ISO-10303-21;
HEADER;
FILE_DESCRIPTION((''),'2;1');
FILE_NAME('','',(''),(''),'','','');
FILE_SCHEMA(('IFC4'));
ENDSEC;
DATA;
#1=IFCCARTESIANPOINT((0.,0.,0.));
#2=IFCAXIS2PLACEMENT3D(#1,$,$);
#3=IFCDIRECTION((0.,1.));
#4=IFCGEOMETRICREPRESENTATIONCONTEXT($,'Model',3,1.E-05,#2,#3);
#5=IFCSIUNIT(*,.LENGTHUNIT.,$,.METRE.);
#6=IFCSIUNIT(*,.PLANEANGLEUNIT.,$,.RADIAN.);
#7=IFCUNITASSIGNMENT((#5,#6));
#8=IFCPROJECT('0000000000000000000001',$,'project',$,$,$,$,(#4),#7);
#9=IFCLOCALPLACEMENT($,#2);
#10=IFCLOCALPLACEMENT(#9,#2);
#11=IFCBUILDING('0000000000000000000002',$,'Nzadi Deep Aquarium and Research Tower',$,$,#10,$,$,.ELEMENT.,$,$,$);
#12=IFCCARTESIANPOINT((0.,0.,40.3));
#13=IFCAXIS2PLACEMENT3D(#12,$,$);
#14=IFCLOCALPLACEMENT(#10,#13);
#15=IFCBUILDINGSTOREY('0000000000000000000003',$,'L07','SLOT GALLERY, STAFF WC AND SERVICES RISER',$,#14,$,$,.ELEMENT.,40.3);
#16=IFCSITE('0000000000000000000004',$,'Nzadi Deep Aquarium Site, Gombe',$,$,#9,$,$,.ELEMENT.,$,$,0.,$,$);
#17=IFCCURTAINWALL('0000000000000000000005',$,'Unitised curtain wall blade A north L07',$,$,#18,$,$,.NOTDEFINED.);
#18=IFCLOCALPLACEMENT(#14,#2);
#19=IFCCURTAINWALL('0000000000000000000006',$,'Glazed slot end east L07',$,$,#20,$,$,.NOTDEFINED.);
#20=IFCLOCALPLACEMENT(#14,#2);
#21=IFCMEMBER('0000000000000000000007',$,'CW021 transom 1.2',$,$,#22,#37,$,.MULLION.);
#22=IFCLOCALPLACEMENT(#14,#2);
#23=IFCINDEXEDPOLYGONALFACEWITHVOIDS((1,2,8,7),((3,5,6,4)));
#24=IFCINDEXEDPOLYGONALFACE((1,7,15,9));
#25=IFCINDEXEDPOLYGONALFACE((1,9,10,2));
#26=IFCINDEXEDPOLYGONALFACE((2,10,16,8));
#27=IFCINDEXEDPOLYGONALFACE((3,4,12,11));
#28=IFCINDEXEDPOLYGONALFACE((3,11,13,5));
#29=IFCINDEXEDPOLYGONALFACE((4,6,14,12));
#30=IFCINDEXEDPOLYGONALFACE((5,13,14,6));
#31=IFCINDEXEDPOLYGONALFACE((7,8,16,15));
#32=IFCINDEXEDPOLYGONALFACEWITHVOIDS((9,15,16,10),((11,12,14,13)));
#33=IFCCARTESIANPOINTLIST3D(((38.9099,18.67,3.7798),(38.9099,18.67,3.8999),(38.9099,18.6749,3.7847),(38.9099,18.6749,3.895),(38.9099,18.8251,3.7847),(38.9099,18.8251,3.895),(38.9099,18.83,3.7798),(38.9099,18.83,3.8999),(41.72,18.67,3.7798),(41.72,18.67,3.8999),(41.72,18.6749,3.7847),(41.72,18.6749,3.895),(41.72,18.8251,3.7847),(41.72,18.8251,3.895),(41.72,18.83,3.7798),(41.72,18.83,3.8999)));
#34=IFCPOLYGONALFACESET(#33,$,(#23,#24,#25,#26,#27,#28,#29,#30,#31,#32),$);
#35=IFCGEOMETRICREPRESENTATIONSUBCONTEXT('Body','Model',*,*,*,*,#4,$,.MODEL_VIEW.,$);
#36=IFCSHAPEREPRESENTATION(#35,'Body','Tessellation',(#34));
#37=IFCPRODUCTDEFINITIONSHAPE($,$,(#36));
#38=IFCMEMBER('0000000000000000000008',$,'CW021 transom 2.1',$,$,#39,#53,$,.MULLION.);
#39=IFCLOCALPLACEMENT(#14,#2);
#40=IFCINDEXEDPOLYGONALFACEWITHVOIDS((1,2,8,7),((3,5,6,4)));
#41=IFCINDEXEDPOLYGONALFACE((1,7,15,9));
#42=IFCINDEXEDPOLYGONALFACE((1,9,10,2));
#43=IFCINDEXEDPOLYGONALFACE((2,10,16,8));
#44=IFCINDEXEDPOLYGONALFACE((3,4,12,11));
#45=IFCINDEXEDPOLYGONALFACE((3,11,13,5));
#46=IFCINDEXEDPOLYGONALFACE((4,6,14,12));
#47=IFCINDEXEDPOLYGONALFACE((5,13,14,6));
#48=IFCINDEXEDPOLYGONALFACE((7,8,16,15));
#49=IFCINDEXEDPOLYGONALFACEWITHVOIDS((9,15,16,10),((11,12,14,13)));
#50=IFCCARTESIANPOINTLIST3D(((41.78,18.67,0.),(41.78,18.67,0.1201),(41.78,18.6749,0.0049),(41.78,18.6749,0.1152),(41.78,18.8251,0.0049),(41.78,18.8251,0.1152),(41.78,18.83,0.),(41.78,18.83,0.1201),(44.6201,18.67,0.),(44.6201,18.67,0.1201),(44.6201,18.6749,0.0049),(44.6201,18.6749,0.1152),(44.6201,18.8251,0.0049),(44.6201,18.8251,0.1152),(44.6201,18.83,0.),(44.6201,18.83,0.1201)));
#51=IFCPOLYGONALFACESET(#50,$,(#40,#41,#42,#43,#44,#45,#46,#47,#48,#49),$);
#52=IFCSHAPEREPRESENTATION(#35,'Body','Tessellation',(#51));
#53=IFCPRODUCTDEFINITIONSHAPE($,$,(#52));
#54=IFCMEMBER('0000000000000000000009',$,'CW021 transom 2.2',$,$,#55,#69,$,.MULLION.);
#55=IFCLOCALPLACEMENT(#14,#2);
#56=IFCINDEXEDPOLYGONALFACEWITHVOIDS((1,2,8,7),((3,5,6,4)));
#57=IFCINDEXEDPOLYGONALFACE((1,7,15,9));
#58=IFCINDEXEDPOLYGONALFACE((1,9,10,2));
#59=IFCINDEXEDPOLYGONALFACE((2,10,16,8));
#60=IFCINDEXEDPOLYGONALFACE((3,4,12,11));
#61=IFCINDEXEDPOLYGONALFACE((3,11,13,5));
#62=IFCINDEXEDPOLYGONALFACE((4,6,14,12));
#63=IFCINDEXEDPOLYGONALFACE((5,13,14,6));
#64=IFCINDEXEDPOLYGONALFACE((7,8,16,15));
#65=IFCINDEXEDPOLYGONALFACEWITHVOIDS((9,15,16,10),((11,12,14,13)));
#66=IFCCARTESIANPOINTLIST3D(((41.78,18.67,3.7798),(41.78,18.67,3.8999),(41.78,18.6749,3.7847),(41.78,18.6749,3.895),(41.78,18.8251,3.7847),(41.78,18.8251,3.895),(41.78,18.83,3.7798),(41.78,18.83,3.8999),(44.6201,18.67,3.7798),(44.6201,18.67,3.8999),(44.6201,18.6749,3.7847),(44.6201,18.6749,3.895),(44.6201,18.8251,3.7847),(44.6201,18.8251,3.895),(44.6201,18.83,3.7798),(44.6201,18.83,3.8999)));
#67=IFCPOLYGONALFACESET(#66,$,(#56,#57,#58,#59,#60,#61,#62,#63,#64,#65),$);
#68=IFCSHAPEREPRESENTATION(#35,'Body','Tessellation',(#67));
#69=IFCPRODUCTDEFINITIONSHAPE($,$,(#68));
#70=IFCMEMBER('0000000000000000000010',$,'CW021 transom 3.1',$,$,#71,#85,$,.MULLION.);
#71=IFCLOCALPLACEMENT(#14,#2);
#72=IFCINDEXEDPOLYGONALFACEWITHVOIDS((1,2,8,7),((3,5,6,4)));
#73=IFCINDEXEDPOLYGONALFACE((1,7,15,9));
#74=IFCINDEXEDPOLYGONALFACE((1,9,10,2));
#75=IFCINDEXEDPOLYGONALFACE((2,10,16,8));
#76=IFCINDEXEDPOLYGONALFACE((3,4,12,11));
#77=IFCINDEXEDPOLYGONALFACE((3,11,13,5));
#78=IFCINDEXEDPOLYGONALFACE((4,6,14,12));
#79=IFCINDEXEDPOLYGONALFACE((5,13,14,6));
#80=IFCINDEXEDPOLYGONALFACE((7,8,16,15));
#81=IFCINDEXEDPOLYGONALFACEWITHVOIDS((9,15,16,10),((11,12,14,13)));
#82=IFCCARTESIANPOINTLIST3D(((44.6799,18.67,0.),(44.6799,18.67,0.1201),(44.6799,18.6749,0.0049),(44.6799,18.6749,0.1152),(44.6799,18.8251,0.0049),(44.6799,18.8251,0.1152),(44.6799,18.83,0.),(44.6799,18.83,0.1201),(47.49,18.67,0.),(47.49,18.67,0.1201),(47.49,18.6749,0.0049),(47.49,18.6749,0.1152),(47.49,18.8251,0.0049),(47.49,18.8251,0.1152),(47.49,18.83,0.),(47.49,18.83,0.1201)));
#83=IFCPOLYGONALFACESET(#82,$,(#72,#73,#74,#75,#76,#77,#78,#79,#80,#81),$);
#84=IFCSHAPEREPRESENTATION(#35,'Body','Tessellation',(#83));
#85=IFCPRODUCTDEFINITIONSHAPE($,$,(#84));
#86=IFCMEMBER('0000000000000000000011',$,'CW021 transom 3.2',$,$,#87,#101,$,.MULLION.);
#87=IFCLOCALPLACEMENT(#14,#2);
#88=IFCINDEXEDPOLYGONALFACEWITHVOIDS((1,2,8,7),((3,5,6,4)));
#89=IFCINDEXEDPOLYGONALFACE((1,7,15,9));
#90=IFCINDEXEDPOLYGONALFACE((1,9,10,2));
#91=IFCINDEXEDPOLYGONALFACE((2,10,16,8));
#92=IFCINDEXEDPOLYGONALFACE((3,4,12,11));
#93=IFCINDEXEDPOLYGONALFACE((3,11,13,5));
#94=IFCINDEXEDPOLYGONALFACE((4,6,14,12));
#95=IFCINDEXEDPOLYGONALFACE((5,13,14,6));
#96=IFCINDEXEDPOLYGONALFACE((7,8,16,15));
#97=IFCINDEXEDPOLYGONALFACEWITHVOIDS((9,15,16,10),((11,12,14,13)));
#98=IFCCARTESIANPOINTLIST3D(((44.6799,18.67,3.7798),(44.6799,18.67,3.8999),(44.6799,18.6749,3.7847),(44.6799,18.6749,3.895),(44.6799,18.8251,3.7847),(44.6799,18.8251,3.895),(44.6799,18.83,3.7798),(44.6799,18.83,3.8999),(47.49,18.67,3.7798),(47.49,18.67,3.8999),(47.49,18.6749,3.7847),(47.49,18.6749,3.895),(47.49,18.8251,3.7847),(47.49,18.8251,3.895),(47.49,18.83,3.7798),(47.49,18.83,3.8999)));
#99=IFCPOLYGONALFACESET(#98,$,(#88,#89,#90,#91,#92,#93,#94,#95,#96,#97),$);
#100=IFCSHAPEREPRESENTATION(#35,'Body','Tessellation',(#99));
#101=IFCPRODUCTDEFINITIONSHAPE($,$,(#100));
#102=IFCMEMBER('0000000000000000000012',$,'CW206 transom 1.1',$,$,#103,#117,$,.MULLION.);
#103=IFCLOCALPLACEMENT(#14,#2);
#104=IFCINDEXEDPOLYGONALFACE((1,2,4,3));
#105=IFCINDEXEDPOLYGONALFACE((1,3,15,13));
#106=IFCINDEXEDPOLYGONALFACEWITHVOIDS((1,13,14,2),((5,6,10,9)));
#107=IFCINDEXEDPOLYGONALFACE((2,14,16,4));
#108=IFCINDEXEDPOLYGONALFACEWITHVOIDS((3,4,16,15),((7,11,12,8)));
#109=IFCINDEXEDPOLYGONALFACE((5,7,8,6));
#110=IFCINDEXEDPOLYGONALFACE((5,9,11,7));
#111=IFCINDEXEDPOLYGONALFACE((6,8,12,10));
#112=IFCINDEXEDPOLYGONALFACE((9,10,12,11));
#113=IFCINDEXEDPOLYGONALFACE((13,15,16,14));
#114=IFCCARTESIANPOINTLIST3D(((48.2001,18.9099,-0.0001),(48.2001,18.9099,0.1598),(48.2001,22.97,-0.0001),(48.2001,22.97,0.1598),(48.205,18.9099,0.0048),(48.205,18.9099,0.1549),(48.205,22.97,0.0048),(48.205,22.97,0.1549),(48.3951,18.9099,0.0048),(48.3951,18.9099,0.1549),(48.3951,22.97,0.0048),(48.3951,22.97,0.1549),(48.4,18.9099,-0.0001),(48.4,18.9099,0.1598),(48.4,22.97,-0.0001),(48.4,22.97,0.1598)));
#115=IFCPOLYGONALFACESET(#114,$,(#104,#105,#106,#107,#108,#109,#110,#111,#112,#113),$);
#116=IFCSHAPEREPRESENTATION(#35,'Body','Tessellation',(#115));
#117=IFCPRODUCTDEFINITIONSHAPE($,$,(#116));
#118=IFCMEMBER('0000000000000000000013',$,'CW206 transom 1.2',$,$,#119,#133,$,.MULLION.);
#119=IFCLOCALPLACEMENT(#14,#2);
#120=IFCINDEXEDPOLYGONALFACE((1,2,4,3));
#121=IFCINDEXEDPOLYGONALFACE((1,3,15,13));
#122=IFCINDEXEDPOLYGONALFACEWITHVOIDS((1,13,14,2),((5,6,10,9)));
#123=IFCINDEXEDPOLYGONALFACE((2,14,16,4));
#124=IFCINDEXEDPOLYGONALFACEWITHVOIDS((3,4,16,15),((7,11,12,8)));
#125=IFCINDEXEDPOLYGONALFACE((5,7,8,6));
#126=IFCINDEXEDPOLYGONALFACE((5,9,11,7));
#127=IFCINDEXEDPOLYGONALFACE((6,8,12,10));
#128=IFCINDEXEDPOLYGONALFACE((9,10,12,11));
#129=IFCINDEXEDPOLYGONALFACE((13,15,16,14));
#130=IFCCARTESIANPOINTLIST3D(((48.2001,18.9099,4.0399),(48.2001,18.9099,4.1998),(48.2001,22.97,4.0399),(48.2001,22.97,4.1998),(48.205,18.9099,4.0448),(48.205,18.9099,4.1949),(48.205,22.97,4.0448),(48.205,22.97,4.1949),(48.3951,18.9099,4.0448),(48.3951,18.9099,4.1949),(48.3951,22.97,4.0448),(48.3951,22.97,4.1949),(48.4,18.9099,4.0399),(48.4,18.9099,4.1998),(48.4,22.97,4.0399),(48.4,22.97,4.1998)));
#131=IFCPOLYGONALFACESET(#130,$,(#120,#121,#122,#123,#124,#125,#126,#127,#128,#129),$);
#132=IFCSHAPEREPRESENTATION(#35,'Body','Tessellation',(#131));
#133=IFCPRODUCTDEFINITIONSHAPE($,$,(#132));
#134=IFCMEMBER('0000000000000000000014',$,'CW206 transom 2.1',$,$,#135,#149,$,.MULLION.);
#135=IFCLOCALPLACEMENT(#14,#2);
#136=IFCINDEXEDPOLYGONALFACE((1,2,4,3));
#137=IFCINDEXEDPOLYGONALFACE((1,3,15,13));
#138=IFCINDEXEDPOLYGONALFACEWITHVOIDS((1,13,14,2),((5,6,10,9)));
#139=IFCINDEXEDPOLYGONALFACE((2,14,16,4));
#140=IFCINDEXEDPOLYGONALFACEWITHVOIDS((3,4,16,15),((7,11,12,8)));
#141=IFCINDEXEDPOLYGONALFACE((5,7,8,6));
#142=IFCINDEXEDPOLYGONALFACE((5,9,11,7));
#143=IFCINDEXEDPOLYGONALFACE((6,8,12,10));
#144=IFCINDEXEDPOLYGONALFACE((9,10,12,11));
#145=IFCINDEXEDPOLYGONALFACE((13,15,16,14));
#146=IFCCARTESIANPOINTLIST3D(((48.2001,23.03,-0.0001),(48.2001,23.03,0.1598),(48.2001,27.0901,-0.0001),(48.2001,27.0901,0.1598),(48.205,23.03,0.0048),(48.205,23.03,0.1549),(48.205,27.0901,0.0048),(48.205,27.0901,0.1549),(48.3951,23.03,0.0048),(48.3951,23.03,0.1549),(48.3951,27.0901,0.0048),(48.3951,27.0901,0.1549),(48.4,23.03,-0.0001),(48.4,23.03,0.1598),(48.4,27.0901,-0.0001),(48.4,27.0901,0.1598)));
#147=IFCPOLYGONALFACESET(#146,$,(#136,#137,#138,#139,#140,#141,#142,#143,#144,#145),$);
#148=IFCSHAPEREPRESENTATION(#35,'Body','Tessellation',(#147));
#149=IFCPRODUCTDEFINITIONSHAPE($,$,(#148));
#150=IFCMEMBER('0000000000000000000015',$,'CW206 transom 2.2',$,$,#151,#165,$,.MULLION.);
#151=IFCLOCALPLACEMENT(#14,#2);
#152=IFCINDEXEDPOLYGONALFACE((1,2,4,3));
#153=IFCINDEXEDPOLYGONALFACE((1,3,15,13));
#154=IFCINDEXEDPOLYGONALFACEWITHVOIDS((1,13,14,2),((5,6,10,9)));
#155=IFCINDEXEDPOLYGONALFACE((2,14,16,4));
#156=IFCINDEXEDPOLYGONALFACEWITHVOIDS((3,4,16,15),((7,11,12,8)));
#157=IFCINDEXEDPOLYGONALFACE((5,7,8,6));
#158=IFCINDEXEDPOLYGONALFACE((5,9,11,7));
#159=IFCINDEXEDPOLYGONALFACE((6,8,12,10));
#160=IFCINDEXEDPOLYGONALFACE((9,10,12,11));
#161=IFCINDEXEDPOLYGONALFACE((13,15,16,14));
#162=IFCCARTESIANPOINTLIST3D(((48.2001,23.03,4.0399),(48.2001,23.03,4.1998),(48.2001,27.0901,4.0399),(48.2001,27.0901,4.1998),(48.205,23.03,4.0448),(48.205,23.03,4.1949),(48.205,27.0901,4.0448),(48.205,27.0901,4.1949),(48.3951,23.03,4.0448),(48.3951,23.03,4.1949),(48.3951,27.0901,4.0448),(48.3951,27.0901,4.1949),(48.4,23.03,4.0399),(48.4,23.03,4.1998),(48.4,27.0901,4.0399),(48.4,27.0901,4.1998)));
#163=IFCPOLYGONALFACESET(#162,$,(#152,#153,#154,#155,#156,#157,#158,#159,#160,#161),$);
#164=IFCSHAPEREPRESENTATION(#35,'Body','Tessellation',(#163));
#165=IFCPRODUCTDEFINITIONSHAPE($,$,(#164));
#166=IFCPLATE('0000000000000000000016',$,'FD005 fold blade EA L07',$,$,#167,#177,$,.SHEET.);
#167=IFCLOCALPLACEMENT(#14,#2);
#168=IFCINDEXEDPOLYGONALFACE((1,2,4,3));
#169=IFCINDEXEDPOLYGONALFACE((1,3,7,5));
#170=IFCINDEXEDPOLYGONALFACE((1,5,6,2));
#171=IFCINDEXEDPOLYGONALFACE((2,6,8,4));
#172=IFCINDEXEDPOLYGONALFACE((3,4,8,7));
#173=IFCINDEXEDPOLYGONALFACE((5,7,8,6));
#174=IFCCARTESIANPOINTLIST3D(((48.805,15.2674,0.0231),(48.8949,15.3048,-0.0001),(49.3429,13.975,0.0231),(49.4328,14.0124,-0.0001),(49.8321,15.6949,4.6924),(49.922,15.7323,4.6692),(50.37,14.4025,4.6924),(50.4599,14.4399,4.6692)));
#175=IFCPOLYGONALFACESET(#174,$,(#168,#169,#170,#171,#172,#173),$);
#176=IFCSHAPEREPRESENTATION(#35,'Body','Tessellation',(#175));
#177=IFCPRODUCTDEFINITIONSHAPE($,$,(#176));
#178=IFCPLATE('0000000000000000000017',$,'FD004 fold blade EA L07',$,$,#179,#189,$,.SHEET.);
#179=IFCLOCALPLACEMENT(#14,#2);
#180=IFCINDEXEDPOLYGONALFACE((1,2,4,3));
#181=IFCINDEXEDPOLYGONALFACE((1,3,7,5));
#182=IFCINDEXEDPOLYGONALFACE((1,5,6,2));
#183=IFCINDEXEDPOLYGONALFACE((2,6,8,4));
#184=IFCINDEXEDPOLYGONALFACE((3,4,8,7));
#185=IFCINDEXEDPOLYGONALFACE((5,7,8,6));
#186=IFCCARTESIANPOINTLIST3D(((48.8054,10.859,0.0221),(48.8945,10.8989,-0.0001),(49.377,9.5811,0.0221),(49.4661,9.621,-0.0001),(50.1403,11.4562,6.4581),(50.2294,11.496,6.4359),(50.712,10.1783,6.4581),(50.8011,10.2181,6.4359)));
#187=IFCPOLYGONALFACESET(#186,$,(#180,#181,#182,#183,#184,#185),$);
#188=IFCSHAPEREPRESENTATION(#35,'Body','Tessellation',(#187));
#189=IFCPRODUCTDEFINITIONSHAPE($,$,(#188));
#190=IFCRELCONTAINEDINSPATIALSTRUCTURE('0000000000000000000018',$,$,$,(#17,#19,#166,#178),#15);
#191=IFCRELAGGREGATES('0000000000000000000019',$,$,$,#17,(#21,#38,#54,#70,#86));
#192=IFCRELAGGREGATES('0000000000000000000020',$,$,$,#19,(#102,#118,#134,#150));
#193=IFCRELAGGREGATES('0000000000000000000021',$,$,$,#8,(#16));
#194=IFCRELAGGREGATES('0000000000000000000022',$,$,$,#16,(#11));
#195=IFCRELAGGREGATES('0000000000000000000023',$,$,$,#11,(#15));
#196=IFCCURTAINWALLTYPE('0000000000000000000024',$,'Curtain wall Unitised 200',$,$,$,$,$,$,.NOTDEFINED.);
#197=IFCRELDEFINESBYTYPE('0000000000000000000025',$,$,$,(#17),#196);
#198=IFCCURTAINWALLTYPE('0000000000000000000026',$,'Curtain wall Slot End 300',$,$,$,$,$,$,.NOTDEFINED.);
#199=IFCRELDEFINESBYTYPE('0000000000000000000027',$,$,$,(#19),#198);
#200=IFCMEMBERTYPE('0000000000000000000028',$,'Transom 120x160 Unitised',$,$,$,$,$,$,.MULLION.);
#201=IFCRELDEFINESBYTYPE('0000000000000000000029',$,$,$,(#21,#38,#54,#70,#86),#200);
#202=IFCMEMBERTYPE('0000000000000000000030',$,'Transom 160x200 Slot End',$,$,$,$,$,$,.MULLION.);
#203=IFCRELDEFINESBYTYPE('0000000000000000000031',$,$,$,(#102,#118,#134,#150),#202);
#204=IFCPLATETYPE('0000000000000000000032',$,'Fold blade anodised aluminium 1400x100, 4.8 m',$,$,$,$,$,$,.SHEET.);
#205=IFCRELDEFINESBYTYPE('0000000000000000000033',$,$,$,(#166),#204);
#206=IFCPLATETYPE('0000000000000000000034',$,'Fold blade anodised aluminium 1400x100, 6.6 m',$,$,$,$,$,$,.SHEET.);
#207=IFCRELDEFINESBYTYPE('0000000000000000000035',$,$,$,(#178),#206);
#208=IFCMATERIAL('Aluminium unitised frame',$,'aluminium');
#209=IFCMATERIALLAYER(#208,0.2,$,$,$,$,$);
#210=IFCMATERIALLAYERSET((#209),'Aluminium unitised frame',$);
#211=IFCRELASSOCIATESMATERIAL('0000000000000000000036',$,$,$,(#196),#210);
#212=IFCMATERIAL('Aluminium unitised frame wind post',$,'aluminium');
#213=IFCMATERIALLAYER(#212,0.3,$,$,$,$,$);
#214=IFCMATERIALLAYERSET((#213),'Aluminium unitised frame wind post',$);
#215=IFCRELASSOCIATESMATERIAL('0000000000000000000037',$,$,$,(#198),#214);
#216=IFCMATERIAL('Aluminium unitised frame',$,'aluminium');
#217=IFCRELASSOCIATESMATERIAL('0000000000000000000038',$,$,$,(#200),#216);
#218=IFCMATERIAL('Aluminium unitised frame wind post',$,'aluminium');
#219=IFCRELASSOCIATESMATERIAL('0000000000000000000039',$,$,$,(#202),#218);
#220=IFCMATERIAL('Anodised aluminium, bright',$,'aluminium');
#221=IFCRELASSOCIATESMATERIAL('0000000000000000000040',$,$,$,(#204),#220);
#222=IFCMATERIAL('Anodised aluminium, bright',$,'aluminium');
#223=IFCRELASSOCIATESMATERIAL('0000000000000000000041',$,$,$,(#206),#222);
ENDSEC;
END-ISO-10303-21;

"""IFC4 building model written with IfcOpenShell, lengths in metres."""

from ifc_helpers import new_model, si_unit, direction, frame, origin, origin_2d, place, context, subcontext, project, spatial, rectangle, hollow_rectangle, extrude, material, layer, layer_set, material_profile, profile_set, type_object, element, aggregate, save


model = new_model("IFC4")

# Units and contexts
model_context = context("Model", 3, precision=1e-05, world=origin(), true_north=direction((0.0, 1.0)))
body_context = subcontext(model_context, "Body", "Model", "MODEL_VIEW")
ifc_project = project(units=[si_unit("LENGTHUNIT", "METRE"), si_unit("PLANEANGLEUNIT", "RADIAN")], contexts=[model_context])

# Site, building, storey
site_placement = place(None, origin())
site = spatial("IfcSite", under=ifc_project, at=site_placement, Name="Nzadi Deep Aquarium Site, Gombe", CompositionType="ELEMENT", RefElevation=0.0)
building_placement = place(site_placement, origin())
building = spatial("IfcBuilding", under=site, at=building_placement, Name="Nzadi Deep Aquarium and Research Tower", CompositionType="ELEMENT")
storey_placement = place(building_placement, frame((0.0, 0.0, 40.3)))
storey = spatial("IfcBuildingStorey", under=building, at=storey_placement, Name="L07", Description="SLOT GALLERY, STAFF WC AND SERVICES RISER", CompositionType="ELEMENT", Elevation=40.3)

# Shared definitions
ifc_material_1 = material(Name="Aluminium unitised frame", Category="aluminium")
ifc_layer_1 = layer(ifc_material_1, 0.2)
ifc_layer_set_1 = layer_set([ifc_layer_1], Name="Aluminium unitised frame")
curtain_wall_type_1 = type_object("IfcCurtainWallType", Name="Curtain wall Unitised 200", PredefinedType="NOTDEFINED", material=ifc_layer_set_1)

# Curtain walls
curtain_wall_1_placement = place(storey_placement, origin())
curtain_wall_1 = element("IfcCurtainWall", 1, at=curtain_wall_1_placement, inside=storey, type_object=curtain_wall_type_1, Name="Unitised curtain wall blade A north L07", PredefinedType="NOTDEFINED")
ifc_material_2 = material(Name="Aluminium unitised frame wind post", Category="aluminium")
ifc_layer_2 = layer(ifc_material_2, 0.3)
ifc_layer_set_2 = layer_set([ifc_layer_2], Name="Aluminium unitised frame wind post")
curtain_wall_type_2 = type_object("IfcCurtainWallType", Name="Curtain wall Slot End 300", PredefinedType="NOTDEFINED", material=ifc_layer_set_2)
curtain_wall_2_placement = place(storey_placement, origin())
curtain_wall_2 = element("IfcCurtainWall", 2, at=curtain_wall_2_placement, inside=storey, type_object=curtain_wall_type_2, Name="Glazed slot end east L07", PredefinedType="NOTDEFINED")

# Members
ifc_material_3 = material(Name="Aluminium unitised frame", Category="aluminium")
ifc_material_profile_1 = material_profile(ifc_material_3, hollow_rectangle(XDim=0.1599, YDim=0.1201, WallThickness=0.0049, at=origin_2d()))
ifc_profile_set_1 = profile_set([ifc_material_profile_1], Name="Aluminium unitised frame")
member_type_1 = type_object("IfcMemberType", Name="Transom 120x160 Unitised", PredefinedType="MULLION", material=ifc_profile_set_1)
member_1_placement = place(storey_placement, frame((38.9099, 18.75, 3.8398), z_axis=(1.0, 0.0, 0.0), x_axis=(0.0, 1.0, 0.0)))
member_1 = element("IfcMember", 3, at=member_1_placement, type_object=member_type_1, Name="CW021 transom 1.2", PredefinedType="MULLION", context=body_context, shape_type="SweptSolid", body=[
    extrude(hollow_rectangle(XDim=0.1599, YDim=0.1201, WallThickness=0.0049, at=origin_2d()), origin(), (0.0, 0.0, 1.0), 2.8101),
])
member_2_placement = place(storey_placement, frame((41.78, 18.75, 0.0601), z_axis=(1.0, 0.0, 0.0), x_axis=(0.0, 1.0, 0.0)))
member_2 = element("IfcMember", 4, at=member_2_placement, type_object=member_type_1, Name="CW021 transom 2.1", PredefinedType="MULLION", context=body_context, shape_type="SweptSolid", body=[
    extrude(hollow_rectangle(XDim=0.1599, YDim=0.1201, WallThickness=0.0049, at=origin_2d()), origin(), (0.0, 0.0, 1.0), 2.8401),
])
member_3_placement = place(storey_placement, frame((41.78, 18.75, 3.8398), z_axis=(1.0, 0.0, 0.0), x_axis=(0.0, 1.0, 0.0)))
member_3 = element("IfcMember", 5, at=member_3_placement, type_object=member_type_1, Name="CW021 transom 2.2", PredefinedType="MULLION", context=body_context, shape_type="SweptSolid", body=[
    extrude(hollow_rectangle(XDim=0.1599, YDim=0.1201, WallThickness=0.0049, at=origin_2d()), origin(), (0.0, 0.0, 1.0), 2.8401),
])
member_4_placement = place(storey_placement, frame((44.6799, 18.75, 0.0601), z_axis=(1.0, 0.0, 0.0), x_axis=(0.0, 1.0, 0.0)))
member_4 = element("IfcMember", 6, at=member_4_placement, type_object=member_type_1, Name="CW021 transom 3.1", PredefinedType="MULLION", context=body_context, shape_type="SweptSolid", body=[
    extrude(hollow_rectangle(XDim=0.1599, YDim=0.1201, WallThickness=0.0049, at=origin_2d()), origin(), (0.0, 0.0, 1.0), 2.8101),
])
member_5_placement = place(storey_placement, frame((44.6799, 18.75, 3.8398), z_axis=(1.0, 0.0, 0.0), x_axis=(0.0, 1.0, 0.0)))
member_5 = element("IfcMember", 7, at=member_5_placement, type_object=member_type_1, Name="CW021 transom 3.2", PredefinedType="MULLION", context=body_context, shape_type="SweptSolid", body=[
    extrude(hollow_rectangle(XDim=0.1599, YDim=0.1201, WallThickness=0.0049, at=origin_2d()), origin(), (0.0, 0.0, 1.0), 2.8101),
])
ifc_material_4 = material(Name="Aluminium unitised frame wind post", Category="aluminium")
ifc_material_profile_2 = material_profile(ifc_material_4, hollow_rectangle(XDim=0.2, YDim=0.1599, WallThickness=0.0049, at=origin_2d()))
ifc_profile_set_2 = profile_set([ifc_material_profile_2], Name="Aluminium unitised frame wind post")
member_type_2 = type_object("IfcMemberType", Name="Transom 160x200 Slot End", PredefinedType="MULLION", material=ifc_profile_set_2)
member_6_placement = place(storey_placement, frame((48.3, 18.9099, 0.0798), z_axis=(0.0, 1.0, 0.0), x_axis=(-1.0, 0.0, 0.0)))
member_6 = element("IfcMember", 8, at=member_6_placement, type_object=member_type_2, Name="CW206 transom 1.1", PredefinedType="MULLION", context=body_context, shape_type="SweptSolid", body=[
    extrude(hollow_rectangle(XDim=0.2, YDim=0.1599, WallThickness=0.0049, at=origin_2d()), origin(), (0.0, 0.0, 1.0), 4.0601),
])
member_7_placement = place(storey_placement, frame((48.3, 18.9099, 4.1199), z_axis=(0.0, 1.0, 0.0), x_axis=(-1.0, 0.0, 0.0)))
member_7 = element("IfcMember", 9, at=member_7_placement, type_object=member_type_2, Name="CW206 transom 1.2", PredefinedType="MULLION", context=body_context, shape_type="SweptSolid", body=[
    extrude(hollow_rectangle(XDim=0.2, YDim=0.1599, WallThickness=0.0049, at=origin_2d()), origin(), (0.0, 0.0, 1.0), 4.0601),
])
member_8_placement = place(storey_placement, frame((48.3, 23.03, 0.0798), z_axis=(0.0, 1.0, 0.0), x_axis=(-1.0, 0.0, 0.0)))
member_8 = element("IfcMember", 10, at=member_8_placement, type_object=member_type_2, Name="CW206 transom 2.1", PredefinedType="MULLION", context=body_context, shape_type="SweptSolid", body=[
    extrude(hollow_rectangle(XDim=0.2, YDim=0.1599, WallThickness=0.0049, at=origin_2d()), origin(), (0.0, 0.0, 1.0), 4.0601),
])
member_9_placement = place(storey_placement, frame((48.3, 23.03, 4.1199), z_axis=(0.0, 1.0, 0.0), x_axis=(-1.0, 0.0, 0.0)))
member_9 = element("IfcMember", 11, at=member_9_placement, type_object=member_type_2, Name="CW206 transom 2.2", PredefinedType="MULLION", context=body_context, shape_type="SweptSolid", body=[
    extrude(hollow_rectangle(XDim=0.2, YDim=0.1599, WallThickness=0.0049, at=origin_2d()), origin(), (0.0, 0.0, 1.0), 4.0601),
])

# Plates
ifc_material_5 = material(Name="Anodised aluminium, bright", Category="aluminium")
ifc_material_profile_3 = material_profile(ifc_material_5, rectangle(XDim=1.3999, YDim=0.1001, at=origin_2d()))
ifc_profile_set_3 = profile_set([ifc_material_profile_3], Name="Anodised aluminium, bright")
plate_type_1 = type_object("IfcPlateType", Name="Fold blade anodised aluminium 1400x100, 4.8 m", PredefinedType="SHEET", material=ifc_profile_set_3)
plate_1_placement = place(storey_placement, frame((49.1189, 14.6399, 0.0115), z_axis=(0.213973, 0.089058, 0.972771), x_axis=(-0.384257, 0.923226, 0.0)))
element("IfcPlate", 12, at=plate_1_placement, inside=storey, type_object=plate_type_1, Name="FD005 fold blade EA L07", PredefinedType="SHEET", context=body_context, shape_type="SweptSolid", body=[
    extrude(rectangle(XDim=1.3999, YDim=0.1001, at=origin_2d()), origin(), (0.0, 0.0, 1.0), 4.8),
])
ifc_material_6 = material(Name="Anodised aluminium, bright", Category="aluminium")
ifc_material_profile_4 = material_profile(ifc_material_6, rectangle(XDim=1.3999, YDim=0.1001, at=origin_2d()))
ifc_profile_set_4 = profile_set([ifc_material_profile_4], Name="Anodised aluminium, bright")
plate_type_2 = type_object("IfcPlateType", Name="Fold blade anodised aluminium 1400x100, 6.6 m", PredefinedType="SHEET", material=ifc_profile_set_4)
plate_2_placement = place(storey_placement, frame((49.1357, 10.24, 0.011), z_axis=(0.202264, 0.090479, 0.975143), x_axis=(-0.408337, 0.912831, 0.0)))
element("IfcPlate", 13, at=plate_2_placement, inside=storey, type_object=plate_type_2, Name="FD004 fold blade EA L07", PredefinedType="SHEET", context=body_context, shape_type="SweptSolid", body=[
    extrude(rectangle(XDim=1.3999, YDim=0.1001, at=origin_2d()), origin(), (0.0, 0.0, 1.0), 6.6001),
])

aggregate(curtain_wall_1, [member_1, member_2, member_3, member_4, member_5])
aggregate(curtain_wall_2, [member_6, member_7, member_8, member_9])

save(model, "model.ifc")
